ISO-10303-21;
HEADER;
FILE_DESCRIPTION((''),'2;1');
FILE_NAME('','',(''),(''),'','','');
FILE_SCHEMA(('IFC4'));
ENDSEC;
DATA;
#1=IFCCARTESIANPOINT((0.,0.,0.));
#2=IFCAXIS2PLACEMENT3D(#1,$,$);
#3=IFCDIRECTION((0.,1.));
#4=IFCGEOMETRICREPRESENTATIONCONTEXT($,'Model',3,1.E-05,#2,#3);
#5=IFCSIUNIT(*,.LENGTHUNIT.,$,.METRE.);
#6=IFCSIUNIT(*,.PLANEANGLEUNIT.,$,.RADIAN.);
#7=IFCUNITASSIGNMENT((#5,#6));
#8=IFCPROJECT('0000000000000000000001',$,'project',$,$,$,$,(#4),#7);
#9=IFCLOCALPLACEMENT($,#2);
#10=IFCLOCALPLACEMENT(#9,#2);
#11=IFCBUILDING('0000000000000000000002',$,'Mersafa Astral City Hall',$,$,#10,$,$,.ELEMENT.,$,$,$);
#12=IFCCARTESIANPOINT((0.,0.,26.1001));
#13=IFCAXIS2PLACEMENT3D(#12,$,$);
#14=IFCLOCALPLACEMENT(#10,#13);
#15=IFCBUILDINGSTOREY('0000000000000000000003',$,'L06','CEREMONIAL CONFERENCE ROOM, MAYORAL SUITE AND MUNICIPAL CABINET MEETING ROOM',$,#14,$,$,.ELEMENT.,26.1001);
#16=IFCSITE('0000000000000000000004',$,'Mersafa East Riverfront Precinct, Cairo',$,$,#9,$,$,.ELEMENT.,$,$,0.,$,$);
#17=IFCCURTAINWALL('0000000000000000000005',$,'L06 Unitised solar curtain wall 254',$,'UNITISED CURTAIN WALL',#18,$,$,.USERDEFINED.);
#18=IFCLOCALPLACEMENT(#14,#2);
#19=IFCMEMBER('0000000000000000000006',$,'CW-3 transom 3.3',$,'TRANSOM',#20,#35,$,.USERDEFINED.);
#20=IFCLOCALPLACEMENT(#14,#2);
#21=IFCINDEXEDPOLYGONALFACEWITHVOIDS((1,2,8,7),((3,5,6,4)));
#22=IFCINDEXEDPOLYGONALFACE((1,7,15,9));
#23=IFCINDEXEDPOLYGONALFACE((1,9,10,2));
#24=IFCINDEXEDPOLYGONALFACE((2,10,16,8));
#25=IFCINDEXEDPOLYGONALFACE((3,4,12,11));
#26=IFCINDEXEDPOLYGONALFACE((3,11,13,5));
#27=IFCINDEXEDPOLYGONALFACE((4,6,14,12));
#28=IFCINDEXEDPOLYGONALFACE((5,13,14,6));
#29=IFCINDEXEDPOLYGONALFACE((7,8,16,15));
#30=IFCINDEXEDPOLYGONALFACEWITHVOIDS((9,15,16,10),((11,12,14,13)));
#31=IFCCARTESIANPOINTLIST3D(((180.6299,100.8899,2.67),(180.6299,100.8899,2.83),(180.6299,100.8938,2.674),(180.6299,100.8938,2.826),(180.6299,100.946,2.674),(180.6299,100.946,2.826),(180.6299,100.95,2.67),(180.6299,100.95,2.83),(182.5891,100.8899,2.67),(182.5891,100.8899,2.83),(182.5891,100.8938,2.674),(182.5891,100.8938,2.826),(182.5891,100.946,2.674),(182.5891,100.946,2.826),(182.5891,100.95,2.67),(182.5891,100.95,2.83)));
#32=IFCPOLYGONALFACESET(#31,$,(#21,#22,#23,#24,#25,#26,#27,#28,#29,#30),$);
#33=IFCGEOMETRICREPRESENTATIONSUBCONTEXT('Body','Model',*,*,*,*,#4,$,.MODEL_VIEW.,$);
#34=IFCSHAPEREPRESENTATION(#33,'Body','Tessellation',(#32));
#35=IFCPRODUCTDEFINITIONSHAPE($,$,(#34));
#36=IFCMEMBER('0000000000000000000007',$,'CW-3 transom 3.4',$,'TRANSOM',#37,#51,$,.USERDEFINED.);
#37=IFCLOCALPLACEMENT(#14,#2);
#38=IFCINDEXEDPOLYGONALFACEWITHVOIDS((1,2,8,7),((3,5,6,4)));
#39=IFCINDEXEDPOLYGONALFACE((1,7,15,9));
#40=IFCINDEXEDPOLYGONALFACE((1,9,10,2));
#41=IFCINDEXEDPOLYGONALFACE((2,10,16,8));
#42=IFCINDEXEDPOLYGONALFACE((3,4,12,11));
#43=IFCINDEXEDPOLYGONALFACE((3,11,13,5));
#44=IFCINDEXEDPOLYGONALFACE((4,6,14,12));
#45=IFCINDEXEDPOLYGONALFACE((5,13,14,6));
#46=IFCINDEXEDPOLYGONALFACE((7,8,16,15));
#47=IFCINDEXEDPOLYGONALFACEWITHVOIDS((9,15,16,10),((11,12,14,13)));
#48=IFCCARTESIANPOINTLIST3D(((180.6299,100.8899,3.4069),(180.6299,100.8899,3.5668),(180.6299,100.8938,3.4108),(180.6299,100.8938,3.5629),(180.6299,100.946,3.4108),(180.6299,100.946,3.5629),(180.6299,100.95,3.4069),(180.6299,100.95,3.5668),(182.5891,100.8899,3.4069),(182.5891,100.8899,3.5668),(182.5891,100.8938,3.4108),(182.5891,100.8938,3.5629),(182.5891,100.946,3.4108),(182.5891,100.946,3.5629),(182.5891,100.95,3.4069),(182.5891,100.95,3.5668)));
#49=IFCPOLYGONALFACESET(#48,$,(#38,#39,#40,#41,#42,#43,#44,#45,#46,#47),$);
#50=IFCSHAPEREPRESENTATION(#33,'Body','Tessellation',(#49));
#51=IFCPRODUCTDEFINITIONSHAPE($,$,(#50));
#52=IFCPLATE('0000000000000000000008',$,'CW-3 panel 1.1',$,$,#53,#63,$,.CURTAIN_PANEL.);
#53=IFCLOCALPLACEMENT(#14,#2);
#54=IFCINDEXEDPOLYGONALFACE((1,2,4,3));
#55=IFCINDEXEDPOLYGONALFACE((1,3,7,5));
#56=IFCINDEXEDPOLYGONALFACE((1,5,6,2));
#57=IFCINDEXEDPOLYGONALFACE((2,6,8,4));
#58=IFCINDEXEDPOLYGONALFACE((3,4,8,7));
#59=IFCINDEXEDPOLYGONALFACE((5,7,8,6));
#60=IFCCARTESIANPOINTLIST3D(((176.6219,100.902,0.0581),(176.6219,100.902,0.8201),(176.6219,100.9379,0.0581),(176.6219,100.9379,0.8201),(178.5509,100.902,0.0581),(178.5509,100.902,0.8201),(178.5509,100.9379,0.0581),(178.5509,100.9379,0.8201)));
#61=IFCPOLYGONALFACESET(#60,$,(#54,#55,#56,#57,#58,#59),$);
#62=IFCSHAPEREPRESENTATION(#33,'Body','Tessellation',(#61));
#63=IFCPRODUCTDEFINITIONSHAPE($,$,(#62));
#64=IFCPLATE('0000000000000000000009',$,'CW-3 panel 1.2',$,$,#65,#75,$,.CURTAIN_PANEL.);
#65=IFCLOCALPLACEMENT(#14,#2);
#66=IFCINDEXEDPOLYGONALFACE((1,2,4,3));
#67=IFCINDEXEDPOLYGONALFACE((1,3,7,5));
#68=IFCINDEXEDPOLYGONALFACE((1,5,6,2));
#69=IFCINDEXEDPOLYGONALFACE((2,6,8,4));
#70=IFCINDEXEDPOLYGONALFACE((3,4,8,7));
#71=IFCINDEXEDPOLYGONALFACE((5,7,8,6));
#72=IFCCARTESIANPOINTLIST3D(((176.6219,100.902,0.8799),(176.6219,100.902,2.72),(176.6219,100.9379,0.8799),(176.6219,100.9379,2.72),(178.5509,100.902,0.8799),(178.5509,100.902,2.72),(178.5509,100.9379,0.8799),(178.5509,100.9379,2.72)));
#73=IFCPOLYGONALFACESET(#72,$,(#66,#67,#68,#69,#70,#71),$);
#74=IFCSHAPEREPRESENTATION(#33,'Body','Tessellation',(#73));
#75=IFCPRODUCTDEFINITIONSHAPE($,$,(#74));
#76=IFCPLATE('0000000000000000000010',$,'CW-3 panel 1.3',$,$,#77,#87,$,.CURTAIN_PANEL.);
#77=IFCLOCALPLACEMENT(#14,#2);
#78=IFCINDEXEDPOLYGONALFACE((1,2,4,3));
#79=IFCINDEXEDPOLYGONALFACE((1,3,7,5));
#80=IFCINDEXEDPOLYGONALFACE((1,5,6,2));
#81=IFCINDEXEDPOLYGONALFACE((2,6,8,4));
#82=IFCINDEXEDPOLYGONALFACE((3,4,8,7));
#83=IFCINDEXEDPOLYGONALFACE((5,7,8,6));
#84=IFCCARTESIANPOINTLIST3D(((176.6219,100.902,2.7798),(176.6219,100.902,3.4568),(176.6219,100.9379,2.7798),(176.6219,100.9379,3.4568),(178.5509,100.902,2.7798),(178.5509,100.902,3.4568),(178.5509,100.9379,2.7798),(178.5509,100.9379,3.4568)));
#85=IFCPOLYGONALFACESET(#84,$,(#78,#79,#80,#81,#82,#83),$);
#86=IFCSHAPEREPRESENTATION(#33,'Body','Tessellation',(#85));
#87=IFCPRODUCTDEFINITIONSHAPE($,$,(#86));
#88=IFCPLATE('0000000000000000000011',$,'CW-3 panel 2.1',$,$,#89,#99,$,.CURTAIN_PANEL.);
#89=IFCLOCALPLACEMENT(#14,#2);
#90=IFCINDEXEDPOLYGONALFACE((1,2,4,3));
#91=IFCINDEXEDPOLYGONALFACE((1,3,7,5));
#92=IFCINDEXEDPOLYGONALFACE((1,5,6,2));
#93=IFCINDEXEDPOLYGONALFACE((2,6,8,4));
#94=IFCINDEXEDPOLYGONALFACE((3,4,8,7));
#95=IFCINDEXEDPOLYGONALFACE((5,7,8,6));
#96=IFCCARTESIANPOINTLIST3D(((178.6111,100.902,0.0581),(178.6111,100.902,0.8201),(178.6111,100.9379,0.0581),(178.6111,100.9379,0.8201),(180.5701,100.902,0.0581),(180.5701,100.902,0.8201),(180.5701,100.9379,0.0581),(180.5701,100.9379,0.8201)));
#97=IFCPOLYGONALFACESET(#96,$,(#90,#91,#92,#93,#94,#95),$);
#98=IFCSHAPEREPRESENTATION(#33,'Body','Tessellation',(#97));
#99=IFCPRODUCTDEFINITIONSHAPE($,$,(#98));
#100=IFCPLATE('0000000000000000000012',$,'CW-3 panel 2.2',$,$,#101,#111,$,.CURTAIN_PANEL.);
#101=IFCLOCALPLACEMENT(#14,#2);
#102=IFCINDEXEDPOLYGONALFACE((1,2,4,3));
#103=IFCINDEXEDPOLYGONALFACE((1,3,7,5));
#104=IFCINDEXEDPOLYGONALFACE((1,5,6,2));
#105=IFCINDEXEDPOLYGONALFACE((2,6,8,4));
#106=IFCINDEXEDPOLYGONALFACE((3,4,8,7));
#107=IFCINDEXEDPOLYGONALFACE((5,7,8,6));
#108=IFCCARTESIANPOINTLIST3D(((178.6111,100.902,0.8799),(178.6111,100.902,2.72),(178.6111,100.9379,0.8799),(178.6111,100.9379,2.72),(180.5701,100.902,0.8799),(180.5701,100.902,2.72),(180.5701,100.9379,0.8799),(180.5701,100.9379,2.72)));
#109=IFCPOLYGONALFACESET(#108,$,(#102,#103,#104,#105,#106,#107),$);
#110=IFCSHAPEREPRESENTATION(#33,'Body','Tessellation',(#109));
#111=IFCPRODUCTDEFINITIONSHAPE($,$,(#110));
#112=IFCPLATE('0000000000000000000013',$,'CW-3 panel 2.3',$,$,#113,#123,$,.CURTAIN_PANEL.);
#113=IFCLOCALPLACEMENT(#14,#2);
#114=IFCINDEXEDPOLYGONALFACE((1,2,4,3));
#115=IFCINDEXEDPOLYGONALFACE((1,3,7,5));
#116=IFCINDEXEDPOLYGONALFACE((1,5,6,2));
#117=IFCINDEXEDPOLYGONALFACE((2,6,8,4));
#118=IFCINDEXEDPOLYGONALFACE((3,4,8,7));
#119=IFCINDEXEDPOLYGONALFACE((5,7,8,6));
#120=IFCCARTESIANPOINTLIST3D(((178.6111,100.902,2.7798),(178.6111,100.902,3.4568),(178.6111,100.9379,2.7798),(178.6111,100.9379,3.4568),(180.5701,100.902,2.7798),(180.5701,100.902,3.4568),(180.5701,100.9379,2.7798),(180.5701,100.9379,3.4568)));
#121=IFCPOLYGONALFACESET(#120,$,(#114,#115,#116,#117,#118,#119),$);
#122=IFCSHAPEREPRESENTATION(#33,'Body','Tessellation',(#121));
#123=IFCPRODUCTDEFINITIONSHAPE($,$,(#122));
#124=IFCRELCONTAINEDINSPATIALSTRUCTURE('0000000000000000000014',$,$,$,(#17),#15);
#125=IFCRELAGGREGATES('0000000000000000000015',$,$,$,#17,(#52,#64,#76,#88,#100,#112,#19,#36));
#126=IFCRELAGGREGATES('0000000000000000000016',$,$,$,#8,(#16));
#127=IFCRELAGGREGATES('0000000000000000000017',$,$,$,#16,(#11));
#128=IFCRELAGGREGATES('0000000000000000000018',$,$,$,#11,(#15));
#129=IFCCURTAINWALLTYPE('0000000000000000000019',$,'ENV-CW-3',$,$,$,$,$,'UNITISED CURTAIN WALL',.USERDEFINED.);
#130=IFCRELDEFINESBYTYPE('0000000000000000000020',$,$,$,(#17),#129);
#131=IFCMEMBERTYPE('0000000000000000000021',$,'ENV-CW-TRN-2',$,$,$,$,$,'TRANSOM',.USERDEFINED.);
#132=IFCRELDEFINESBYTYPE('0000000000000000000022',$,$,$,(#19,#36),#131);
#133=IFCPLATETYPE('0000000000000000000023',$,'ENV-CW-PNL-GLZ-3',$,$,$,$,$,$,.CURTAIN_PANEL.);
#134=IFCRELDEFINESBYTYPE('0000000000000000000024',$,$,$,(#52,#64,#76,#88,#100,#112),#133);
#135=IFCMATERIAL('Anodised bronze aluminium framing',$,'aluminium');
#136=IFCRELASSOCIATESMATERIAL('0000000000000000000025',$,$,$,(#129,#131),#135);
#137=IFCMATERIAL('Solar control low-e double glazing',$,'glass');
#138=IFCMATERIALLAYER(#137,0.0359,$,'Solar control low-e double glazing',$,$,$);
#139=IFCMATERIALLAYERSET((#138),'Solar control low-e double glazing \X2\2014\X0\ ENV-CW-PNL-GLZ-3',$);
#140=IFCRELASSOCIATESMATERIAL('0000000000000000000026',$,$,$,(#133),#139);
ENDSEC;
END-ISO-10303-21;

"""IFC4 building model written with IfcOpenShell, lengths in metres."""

from ifc_helpers import new_model, si_unit, direction, frame, origin, origin_2d, place, context, subcontext, project, spatial, rectangle, hollow_rectangle, extrude, material, layer, layer_set, material_profile, profile_set, type_object, element, aggregate, save


model = new_model("IFC4")

# Units and contexts
model_context = context("Model", 3, precision=1e-05, world=origin(), true_north=direction((0.0, 1.0)))
body_context = subcontext(model_context, "Body", "Model", "MODEL_VIEW")
ifc_project = project(units=[si_unit("LENGTHUNIT", "METRE"), si_unit("PLANEANGLEUNIT", "RADIAN")], contexts=[model_context])

# Site, building, storey
site_placement = place(None, origin())
site = spatial("IfcSite", under=ifc_project, at=site_placement, Name="Mersafa East Riverfront Precinct, Cairo", CompositionType="ELEMENT", RefElevation=0.0)
building_placement = place(site_placement, origin())
building = spatial("IfcBuilding", under=site, at=building_placement, Name="Mersafa Astral City Hall", CompositionType="ELEMENT")
storey_placement = place(building_placement, frame((0.0, 0.0, 26.1001)))
storey = spatial("IfcBuildingStorey", under=building, at=storey_placement, Name="L06", Description="CEREMONIAL CONFERENCE ROOM, MAYORAL SUITE AND MUNICIPAL CABINET MEETING ROOM", CompositionType="ELEMENT", Elevation=26.1001)

# Curtain wall, members, plates
ifc_material_1 = material(Name="Anodised bronze aluminium framing", Category="aluminium")
curtain_wall_type = type_object("IfcCurtainWallType", Name="ENV-CW-3", ElementType="UNITISED CURTAIN WALL", PredefinedType="USERDEFINED", material=ifc_material_1)
curtain_wall_placement = place(storey_placement, origin())
curtain_wall = element("IfcCurtainWall", 1, at=curtain_wall_placement, inside=storey, type_object=curtain_wall_type, Name="L06 Unitised solar curtain wall 254", ObjectType="UNITISED CURTAIN WALL", PredefinedType="USERDEFINED")
ifc_material_profile_1 = material_profile(ifc_material_1, hollow_rectangle(XDim=0.0601, YDim=0.1599, WallThickness=0.0039, at=origin_2d()), Name="RHS 60x160x4")
ifc_profile_set_1 = profile_set([ifc_material_profile_1], Name="Anodised bronze aluminium framing")
member_type_1 = type_object("IfcMemberType", Name="ENV-CW-TRN-2", ElementType="TRANSOM", PredefinedType="USERDEFINED", material=ifc_profile_set_1)
member_1_placement = place(storey_placement, frame((180.6299, 100.9199, 2.75), z_axis=(1.0, 0.0, 0.0), x_axis=(0.0, 1.0, 0.0)))
member_1 = element("IfcMember", 2, at=member_1_placement, type_object=member_type_1, Name="CW-3 transom 3.3", ObjectType="TRANSOM", PredefinedType="USERDEFINED", context=body_context, shape_type="SweptSolid", body=[
    extrude(hollow_rectangle(XDim=0.0601, YDim=0.1599, WallThickness=0.0039, at=origin_2d()), origin(), (0.0, 0.0, 1.0), 1.9592),
])
member_2_placement = place(storey_placement, frame((180.6299, 100.9199, 3.4868), z_axis=(1.0, 0.0, 0.0), x_axis=(0.0, 1.0, 0.0)))
member_2 = element("IfcMember", 3, at=member_2_placement, type_object=member_type_1, Name="CW-3 transom 3.4", ObjectType="TRANSOM", PredefinedType="USERDEFINED", context=body_context, shape_type="SweptSolid", body=[
    extrude(hollow_rectangle(XDim=0.0601, YDim=0.1599, WallThickness=0.0039, at=origin_2d()), origin(), (0.0, 0.0, 1.0), 1.9592),
])
ifc_material_2 = material(Name="Solar control low-e double glazing", Category="glass")
ifc_layer = layer(ifc_material_2, 0.0359, Name="Solar control low-e double glazing")
ifc_layer_set = layer_set([ifc_layer], Name="Solar control low-e double glazing — ENV-CW-PNL-GLZ-3")
plate_type = type_object("IfcPlateType", Name="ENV-CW-PNL-GLZ-3", PredefinedType="CURTAIN_PANEL", material=ifc_layer_set)
plate_1_placement = place(storey_placement, frame((177.5864, 100.9199, 0.0581), z_axis=(0.0, 0.0, 1.0), x_axis=(1.0, 0.0, 0.0)))
plate_1 = element("IfcPlate", 4, at=plate_1_placement, type_object=plate_type, Name="CW-3 panel 1.1", PredefinedType="CURTAIN_PANEL", context=body_context, shape_type="SweptSolid", body=[
    extrude(rectangle(XDim=1.929, YDim=0.0359, at=origin_2d()), origin(), (0.0, 0.0, 1.0), 0.762),
])
plate_2_placement = place(storey_placement, frame((177.5864, 100.9199, 0.8799), z_axis=(0.0, 0.0, 1.0), x_axis=(1.0, 0.0, 0.0)))
plate_2 = element("IfcPlate", 5, at=plate_2_placement, type_object=plate_type, Name="CW-3 panel 1.2", PredefinedType="CURTAIN_PANEL", context=body_context, shape_type="SweptSolid", body=[
    extrude(rectangle(XDim=1.929, YDim=0.0359, at=origin_2d()), origin(), (0.0, 0.0, 1.0), 1.8401),
])
plate_3_placement = place(storey_placement, frame((177.5864, 100.9199, 2.7798), z_axis=(0.0, 0.0, 1.0), x_axis=(1.0, 0.0, 0.0)))
plate_3 = element("IfcPlate", 6, at=plate_3_placement, type_object=plate_type, Name="CW-3 panel 1.3", PredefinedType="CURTAIN_PANEL", context=body_context, shape_type="SweptSolid", body=[
    extrude(rectangle(XDim=1.929, YDim=0.0359, at=origin_2d()), origin(), (0.0, 0.0, 1.0), 0.677),
])
plate_4_placement = place(storey_placement, frame((179.5906, 100.9199, 0.0581), z_axis=(0.0, 0.0, 1.0), x_axis=(1.0, 0.0, 0.0)))
plate_4 = element("IfcPlate", 7, at=plate_4_placement, type_object=plate_type, Name="CW-3 panel 2.1", PredefinedType="CURTAIN_PANEL", context=body_context, shape_type="SweptSolid", body=[
    extrude(rectangle(XDim=1.959, YDim=0.0359, at=origin_2d()), origin(), (0.0, 0.0, 1.0), 0.762),
])
plate_5_placement = place(storey_placement, frame((179.5906, 100.9199, 0.8799), z_axis=(0.0, 0.0, 1.0), x_axis=(1.0, 0.0, 0.0)))
plate_5 = element("IfcPlate", 8, at=plate_5_placement, type_object=plate_type, Name="CW-3 panel 2.2", PredefinedType="CURTAIN_PANEL", context=body_context, shape_type="SweptSolid", body=[
    extrude(rectangle(XDim=1.959, YDim=0.0359, at=origin_2d()), origin(), (0.0, 0.0, 1.0), 1.8401),
])
plate_6_placement = place(storey_placement, frame((179.5906, 100.9199, 2.7798), z_axis=(0.0, 0.0, 1.0), x_axis=(1.0, 0.0, 0.0)))
plate_6 = element("IfcPlate", 9, at=plate_6_placement, type_object=plate_type, Name="CW-3 panel 2.3", PredefinedType="CURTAIN_PANEL", context=body_context, shape_type="SweptSolid", body=[
    extrude(rectangle(XDim=1.959, YDim=0.0359, at=origin_2d()), origin(), (0.0, 0.0, 1.0), 0.677),
])
aggregate(curtain_wall, [plate_1, plate_2, plate_3, plate_4, plate_5, plate_6, member_1, member_2])

save(model, "model.ifc")
